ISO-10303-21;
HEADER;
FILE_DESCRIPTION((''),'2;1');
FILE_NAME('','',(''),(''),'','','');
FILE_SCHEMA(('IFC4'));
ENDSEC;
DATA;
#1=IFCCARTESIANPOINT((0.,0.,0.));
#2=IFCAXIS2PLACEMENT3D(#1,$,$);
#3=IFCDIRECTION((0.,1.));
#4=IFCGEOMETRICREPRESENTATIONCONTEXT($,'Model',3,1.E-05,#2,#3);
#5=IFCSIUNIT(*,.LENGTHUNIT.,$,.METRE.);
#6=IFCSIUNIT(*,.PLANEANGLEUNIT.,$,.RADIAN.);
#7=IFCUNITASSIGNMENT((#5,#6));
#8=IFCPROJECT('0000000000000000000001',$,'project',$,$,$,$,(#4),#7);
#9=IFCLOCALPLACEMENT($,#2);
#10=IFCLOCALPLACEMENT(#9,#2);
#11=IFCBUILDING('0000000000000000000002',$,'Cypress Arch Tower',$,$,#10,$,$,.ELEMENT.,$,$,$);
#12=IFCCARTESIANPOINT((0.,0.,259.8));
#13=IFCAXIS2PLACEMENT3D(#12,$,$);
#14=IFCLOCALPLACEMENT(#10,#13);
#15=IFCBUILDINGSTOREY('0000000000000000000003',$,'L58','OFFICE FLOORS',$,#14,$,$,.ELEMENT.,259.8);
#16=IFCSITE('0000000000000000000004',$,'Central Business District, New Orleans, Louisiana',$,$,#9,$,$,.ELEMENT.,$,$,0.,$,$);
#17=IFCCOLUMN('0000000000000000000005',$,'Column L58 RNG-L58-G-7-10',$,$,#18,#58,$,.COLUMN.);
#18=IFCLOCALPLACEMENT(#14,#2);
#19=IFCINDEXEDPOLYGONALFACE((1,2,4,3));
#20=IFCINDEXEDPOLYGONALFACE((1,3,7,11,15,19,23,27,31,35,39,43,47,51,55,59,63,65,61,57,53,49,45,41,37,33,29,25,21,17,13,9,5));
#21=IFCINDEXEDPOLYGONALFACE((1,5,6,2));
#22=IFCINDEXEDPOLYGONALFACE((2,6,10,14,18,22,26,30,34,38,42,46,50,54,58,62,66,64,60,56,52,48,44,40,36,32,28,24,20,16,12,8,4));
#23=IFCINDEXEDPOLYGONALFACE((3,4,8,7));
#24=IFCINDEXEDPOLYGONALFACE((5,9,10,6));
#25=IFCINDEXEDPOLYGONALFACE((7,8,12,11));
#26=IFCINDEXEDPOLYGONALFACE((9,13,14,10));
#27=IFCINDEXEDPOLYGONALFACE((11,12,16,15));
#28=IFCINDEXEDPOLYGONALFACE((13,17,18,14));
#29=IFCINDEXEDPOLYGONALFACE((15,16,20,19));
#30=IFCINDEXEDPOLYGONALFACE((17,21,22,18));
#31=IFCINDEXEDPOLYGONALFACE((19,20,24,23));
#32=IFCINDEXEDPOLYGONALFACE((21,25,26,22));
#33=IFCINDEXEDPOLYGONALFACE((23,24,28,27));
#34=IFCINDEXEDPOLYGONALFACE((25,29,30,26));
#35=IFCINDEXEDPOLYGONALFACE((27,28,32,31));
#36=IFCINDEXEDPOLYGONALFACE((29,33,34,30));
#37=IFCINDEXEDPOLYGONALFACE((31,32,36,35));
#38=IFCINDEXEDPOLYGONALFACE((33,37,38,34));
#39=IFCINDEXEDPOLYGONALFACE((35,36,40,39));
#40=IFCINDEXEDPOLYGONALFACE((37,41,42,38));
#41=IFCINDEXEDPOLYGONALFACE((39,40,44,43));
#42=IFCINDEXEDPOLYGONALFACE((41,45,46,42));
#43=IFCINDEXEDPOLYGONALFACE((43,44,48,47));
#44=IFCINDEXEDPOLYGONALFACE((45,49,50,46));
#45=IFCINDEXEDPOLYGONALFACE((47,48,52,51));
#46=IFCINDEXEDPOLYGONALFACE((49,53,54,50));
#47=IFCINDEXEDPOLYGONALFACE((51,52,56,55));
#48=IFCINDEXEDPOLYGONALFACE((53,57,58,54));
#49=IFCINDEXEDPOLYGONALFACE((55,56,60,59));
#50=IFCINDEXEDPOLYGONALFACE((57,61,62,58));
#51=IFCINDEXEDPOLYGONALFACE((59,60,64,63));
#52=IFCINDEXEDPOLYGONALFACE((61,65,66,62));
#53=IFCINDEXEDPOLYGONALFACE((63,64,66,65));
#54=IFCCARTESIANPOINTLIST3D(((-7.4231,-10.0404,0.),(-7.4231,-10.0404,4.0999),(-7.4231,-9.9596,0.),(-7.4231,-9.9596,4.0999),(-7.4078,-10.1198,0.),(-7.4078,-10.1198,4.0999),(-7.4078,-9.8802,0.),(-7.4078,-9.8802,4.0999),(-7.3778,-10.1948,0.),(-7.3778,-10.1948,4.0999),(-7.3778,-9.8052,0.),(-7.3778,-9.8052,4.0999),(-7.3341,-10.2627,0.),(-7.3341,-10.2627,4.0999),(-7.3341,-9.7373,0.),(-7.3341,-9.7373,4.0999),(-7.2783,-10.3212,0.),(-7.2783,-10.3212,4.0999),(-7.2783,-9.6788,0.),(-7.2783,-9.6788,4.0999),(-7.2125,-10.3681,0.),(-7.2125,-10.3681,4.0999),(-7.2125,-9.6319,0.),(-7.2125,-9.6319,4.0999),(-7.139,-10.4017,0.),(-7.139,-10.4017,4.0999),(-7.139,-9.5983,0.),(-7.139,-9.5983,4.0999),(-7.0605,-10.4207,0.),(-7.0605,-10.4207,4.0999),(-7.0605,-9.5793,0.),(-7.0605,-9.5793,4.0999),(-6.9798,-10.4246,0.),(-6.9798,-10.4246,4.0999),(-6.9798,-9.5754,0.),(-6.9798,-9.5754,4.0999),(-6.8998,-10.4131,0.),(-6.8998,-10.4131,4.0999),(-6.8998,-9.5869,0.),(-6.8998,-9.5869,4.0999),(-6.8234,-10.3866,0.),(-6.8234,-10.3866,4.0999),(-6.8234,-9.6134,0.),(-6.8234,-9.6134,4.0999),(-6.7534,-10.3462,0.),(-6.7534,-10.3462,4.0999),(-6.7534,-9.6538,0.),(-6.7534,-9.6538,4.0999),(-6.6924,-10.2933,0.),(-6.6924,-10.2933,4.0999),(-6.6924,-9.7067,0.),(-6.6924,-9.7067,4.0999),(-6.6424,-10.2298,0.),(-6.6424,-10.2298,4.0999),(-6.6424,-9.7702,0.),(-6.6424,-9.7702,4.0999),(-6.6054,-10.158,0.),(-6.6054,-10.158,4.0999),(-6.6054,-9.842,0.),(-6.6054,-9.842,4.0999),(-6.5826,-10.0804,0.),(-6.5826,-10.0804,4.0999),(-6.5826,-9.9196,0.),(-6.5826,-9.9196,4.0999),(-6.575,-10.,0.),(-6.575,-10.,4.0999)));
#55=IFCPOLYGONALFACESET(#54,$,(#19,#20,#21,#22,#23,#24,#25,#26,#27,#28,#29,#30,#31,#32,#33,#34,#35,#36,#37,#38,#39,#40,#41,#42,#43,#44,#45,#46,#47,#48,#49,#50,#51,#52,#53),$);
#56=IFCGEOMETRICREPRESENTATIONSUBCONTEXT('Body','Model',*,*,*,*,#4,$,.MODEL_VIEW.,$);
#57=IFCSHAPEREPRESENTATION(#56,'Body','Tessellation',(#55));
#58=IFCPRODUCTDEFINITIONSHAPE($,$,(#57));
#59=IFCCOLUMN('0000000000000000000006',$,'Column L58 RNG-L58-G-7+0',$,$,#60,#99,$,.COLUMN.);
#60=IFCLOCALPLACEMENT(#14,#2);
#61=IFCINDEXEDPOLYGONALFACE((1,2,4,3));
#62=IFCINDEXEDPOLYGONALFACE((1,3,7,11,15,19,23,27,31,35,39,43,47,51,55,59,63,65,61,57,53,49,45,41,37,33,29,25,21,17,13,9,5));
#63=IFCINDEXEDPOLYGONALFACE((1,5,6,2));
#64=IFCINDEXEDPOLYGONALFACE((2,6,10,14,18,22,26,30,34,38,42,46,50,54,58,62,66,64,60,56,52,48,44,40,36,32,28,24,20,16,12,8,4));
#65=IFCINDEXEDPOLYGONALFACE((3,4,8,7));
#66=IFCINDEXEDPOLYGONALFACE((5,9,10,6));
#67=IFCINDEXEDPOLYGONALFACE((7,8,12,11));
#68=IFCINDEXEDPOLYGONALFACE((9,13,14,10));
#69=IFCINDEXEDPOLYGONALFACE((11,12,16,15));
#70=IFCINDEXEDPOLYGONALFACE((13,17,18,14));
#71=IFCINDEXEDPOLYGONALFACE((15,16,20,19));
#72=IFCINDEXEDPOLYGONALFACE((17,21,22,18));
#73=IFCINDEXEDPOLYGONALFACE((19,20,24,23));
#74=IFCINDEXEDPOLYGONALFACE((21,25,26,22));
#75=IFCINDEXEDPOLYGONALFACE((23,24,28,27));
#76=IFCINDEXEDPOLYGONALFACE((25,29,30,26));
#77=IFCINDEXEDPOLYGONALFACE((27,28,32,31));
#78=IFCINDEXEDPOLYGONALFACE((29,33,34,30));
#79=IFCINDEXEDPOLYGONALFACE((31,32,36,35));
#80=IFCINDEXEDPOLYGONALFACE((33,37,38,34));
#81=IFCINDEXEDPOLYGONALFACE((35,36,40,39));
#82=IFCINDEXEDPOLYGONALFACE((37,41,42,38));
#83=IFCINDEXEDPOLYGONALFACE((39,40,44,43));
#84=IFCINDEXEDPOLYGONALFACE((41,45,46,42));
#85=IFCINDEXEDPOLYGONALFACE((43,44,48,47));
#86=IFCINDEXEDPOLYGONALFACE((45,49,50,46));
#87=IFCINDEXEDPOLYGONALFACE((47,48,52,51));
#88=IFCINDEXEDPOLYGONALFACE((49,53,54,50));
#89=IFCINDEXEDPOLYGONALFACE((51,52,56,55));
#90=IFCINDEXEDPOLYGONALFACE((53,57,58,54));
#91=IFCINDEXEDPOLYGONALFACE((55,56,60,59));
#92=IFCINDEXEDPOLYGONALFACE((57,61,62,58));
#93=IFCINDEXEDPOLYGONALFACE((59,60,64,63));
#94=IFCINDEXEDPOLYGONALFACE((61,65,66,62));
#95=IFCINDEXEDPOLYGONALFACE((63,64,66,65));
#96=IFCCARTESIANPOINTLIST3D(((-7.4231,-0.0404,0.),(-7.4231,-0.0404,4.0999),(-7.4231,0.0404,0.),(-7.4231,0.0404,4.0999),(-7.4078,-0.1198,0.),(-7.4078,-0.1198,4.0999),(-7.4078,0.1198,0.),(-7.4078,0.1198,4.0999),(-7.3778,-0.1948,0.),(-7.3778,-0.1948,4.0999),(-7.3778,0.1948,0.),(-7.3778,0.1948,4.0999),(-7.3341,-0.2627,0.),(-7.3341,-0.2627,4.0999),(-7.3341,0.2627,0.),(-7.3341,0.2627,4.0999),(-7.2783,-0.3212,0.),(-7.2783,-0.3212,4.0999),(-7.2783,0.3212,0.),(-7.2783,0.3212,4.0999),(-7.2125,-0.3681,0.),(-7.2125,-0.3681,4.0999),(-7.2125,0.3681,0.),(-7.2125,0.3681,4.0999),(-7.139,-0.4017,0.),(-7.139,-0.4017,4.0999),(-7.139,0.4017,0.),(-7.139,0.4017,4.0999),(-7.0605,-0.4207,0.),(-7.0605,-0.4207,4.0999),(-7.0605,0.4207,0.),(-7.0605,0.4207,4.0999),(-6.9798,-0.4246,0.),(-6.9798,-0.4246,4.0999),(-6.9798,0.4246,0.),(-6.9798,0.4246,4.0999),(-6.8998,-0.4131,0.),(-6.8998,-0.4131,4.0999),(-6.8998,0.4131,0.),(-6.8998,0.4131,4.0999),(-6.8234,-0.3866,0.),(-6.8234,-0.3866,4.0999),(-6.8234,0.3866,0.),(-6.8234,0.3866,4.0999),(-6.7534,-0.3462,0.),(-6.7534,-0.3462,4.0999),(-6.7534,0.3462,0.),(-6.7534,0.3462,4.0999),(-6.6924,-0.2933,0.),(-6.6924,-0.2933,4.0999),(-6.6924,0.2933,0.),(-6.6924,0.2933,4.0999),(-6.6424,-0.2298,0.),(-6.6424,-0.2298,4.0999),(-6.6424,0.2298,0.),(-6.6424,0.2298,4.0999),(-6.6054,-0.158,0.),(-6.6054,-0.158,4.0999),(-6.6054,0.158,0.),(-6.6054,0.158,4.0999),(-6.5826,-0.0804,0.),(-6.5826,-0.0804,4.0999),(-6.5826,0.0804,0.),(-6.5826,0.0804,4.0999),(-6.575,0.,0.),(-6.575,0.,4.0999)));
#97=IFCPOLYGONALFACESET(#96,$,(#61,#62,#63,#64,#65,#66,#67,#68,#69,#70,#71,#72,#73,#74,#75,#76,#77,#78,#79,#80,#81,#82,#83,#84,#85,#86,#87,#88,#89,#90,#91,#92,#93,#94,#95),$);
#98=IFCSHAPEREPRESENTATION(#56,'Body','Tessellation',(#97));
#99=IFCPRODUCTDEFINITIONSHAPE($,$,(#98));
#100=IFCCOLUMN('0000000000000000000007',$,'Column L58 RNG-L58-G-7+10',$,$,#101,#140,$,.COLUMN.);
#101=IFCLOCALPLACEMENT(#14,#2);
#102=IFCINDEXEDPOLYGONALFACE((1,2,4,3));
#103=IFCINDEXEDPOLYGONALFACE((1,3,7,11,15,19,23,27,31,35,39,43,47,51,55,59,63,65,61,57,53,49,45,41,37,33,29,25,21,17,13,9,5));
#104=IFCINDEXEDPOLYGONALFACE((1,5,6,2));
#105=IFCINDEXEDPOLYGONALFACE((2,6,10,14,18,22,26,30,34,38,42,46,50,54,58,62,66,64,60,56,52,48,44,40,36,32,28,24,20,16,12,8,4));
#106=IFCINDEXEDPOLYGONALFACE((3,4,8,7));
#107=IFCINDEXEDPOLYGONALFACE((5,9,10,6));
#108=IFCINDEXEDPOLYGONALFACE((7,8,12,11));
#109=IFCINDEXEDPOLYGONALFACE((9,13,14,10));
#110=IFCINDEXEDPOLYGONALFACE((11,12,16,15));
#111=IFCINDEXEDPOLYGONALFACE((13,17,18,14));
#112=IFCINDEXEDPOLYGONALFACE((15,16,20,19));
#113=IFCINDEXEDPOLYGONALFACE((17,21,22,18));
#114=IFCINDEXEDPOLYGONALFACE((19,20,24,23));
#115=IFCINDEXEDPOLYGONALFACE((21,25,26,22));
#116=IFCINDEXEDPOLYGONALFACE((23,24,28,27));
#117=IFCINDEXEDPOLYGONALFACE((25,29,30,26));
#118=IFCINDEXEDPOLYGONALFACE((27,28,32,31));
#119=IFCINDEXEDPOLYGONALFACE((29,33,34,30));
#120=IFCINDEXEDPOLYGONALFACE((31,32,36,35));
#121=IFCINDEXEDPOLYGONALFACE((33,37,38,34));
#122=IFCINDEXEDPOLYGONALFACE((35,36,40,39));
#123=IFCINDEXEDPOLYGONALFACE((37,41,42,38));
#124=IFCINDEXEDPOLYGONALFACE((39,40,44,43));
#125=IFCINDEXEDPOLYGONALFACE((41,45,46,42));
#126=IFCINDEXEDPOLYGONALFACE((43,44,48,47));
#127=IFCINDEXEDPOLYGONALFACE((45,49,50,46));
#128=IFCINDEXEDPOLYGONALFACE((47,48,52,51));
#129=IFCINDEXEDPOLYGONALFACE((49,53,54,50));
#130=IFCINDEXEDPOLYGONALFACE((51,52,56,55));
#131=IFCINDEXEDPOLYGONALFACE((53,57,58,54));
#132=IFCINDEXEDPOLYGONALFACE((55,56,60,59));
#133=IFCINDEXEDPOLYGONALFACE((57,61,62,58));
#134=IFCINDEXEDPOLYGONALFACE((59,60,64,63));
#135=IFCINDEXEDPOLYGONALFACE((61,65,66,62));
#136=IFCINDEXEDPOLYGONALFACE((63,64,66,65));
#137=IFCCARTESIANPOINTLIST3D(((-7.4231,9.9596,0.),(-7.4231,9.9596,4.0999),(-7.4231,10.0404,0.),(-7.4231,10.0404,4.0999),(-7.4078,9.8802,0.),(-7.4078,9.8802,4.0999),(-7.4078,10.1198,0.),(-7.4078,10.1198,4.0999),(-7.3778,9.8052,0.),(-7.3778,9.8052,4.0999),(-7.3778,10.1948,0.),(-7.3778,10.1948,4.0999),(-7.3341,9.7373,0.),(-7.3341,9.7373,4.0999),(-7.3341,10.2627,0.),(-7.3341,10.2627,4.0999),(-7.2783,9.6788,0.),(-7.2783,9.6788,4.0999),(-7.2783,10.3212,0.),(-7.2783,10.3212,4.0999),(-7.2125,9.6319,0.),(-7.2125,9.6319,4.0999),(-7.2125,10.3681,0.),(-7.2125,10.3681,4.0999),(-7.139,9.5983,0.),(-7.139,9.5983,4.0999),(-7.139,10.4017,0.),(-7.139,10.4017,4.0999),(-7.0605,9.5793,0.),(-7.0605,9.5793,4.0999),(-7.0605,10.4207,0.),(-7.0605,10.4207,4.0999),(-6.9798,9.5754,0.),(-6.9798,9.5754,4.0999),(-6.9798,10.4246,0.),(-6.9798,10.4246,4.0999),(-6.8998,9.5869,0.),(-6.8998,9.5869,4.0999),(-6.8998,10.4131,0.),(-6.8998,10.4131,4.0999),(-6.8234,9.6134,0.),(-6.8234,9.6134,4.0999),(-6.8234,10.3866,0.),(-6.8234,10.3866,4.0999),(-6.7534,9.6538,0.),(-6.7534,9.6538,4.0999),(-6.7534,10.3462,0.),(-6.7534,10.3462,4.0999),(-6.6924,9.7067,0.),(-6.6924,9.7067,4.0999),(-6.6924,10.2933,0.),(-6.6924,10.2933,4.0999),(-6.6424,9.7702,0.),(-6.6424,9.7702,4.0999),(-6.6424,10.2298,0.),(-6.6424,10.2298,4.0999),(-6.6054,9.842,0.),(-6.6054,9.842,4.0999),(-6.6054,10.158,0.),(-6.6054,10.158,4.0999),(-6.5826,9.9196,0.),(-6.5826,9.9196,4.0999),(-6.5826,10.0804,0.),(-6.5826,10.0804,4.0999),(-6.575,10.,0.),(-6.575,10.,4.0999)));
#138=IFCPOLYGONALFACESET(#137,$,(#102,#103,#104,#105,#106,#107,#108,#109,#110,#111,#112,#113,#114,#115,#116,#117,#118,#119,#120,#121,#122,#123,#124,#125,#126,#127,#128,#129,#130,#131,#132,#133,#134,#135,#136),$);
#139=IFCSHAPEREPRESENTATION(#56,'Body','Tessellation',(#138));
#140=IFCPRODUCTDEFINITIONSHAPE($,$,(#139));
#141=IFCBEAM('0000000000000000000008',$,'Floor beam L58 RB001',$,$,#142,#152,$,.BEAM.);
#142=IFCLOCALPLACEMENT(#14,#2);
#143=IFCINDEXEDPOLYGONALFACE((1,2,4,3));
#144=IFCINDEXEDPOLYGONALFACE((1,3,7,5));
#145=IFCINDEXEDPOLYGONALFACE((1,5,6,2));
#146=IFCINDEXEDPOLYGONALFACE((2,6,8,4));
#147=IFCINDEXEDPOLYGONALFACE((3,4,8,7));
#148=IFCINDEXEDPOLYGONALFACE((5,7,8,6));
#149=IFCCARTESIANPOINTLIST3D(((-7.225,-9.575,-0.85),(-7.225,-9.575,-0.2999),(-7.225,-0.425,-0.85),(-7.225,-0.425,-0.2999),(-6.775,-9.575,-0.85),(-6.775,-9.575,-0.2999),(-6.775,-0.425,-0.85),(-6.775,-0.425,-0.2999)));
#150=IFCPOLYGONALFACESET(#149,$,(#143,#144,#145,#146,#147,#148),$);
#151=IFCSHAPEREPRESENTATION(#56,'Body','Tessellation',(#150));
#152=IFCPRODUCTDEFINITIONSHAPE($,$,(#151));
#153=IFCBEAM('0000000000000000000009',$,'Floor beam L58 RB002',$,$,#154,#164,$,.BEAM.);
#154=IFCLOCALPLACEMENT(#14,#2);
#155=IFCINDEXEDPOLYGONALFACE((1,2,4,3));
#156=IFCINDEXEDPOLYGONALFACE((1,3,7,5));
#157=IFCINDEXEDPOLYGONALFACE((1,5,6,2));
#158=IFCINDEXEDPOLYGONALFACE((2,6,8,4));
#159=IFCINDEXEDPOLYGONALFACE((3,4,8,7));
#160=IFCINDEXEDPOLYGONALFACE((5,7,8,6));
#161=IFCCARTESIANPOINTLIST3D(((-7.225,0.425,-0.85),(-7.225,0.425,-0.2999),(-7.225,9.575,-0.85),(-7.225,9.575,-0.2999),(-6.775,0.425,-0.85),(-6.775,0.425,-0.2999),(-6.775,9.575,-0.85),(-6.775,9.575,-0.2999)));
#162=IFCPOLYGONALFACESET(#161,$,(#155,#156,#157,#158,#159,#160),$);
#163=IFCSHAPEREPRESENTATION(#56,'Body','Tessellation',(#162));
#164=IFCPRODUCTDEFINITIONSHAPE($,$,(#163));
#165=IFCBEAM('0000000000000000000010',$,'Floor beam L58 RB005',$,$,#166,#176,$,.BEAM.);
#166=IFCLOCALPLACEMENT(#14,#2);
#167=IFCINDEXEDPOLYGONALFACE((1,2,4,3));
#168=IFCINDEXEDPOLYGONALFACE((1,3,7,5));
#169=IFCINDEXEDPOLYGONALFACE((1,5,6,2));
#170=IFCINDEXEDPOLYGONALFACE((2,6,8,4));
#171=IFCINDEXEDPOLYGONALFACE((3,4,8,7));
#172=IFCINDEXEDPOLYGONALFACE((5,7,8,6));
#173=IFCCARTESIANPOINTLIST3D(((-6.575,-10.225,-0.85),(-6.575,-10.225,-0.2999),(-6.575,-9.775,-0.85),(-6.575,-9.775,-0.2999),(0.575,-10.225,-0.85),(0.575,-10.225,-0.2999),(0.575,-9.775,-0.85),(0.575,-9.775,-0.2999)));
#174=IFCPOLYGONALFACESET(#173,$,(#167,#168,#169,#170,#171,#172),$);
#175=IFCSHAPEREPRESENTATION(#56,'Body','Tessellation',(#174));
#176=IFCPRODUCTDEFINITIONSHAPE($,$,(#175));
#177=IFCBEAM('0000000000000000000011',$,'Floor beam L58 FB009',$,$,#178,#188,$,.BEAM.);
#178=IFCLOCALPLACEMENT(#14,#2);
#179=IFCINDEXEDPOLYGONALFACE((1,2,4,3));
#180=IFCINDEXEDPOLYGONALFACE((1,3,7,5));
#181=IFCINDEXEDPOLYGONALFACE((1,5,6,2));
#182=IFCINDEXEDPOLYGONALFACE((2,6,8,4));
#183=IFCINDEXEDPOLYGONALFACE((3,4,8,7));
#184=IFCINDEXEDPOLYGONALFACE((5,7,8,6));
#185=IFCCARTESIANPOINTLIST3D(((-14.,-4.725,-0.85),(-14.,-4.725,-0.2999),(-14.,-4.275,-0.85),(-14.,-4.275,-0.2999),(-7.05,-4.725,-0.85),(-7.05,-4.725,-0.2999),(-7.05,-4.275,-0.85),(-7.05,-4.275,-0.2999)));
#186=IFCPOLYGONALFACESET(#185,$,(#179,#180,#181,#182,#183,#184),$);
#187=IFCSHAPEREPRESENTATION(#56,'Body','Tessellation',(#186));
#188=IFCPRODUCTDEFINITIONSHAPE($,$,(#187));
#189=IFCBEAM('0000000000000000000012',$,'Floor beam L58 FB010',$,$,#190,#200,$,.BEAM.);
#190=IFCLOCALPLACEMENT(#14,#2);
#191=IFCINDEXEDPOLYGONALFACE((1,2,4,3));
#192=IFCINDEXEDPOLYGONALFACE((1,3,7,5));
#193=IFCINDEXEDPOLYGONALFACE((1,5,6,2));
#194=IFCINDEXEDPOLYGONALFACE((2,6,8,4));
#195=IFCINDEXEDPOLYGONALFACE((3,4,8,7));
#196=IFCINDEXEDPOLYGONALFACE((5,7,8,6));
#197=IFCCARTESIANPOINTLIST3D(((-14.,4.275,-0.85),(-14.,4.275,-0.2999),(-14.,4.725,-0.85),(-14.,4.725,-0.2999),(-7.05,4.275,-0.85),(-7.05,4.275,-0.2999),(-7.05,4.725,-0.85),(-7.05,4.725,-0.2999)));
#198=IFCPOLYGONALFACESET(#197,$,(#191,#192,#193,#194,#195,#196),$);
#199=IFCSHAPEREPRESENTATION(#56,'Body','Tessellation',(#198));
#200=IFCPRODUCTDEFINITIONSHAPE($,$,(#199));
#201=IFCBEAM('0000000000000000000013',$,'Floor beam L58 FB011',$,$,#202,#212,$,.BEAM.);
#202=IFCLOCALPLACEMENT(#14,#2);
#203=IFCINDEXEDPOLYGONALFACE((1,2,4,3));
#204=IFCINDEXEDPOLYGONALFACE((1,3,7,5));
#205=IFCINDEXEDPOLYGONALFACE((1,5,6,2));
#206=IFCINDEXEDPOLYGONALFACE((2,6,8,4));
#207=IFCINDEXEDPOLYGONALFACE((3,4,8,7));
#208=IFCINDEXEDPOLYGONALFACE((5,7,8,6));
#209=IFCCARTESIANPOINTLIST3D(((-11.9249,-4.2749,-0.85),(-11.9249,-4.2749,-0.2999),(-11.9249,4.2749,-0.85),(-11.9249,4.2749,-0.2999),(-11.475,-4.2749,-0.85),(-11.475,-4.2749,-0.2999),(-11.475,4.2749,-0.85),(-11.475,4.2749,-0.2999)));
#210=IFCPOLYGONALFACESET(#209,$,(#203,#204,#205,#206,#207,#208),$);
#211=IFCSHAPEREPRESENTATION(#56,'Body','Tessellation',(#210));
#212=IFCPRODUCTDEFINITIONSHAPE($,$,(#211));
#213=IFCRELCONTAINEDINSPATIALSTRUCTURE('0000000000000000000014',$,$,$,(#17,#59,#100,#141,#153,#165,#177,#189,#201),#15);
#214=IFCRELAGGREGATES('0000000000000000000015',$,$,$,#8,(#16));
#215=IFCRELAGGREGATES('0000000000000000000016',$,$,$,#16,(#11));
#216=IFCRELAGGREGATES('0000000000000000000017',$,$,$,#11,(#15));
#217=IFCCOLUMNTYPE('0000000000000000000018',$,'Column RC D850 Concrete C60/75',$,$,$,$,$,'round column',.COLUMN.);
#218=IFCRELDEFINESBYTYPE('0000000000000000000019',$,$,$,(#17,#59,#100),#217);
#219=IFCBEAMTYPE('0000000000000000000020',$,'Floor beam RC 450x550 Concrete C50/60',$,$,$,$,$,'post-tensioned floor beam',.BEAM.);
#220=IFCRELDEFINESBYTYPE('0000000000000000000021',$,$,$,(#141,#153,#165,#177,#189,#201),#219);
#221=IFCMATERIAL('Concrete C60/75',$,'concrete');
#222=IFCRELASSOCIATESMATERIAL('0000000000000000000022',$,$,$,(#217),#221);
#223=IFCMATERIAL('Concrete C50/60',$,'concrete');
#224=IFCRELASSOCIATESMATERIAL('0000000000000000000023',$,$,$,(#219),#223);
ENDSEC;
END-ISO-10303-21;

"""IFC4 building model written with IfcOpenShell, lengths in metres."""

from ifc_helpers import new_model, si_unit, direction, frame, origin, origin_2d, place, context, subcontext, project, spatial, rectangle, circle, extrude, material, material_profile, profile_set, type_object, element, save


model = new_model("IFC4")

# Units and contexts
model_context = context("Model", 3, precision=1e-05, world=origin(), true_north=direction((0.0, 1.0)))
body_context = subcontext(model_context, "Body", "Model", "MODEL_VIEW")
ifc_project = project(units=[si_unit("LENGTHUNIT", "METRE"), si_unit("PLANEANGLEUNIT", "RADIAN")], contexts=[model_context])

# Site, building, storey
site_placement = place(None, origin())
site = spatial("IfcSite", under=ifc_project, at=site_placement, Name="Central Business District, New Orleans, Louisiana", CompositionType="ELEMENT", RefElevation=0.0)
building_placement = place(site_placement, origin())
building = spatial("IfcBuilding", under=site, at=building_placement, Name="Cypress Arch Tower", CompositionType="ELEMENT")
storey_placement = place(building_placement, frame((0.0, 0.0, 259.8)))
storey = spatial("IfcBuildingStorey", under=building, at=storey_placement, Name="L58", Description="OFFICE FLOORS", CompositionType="ELEMENT", Elevation=259.8)

# Columns
ifc_material_1 = material(Name="Concrete C60/75", Category="concrete")
ifc_material_profile_1 = material_profile(ifc_material_1, circle(Radius=0.425, at=origin_2d()), Name="RC D850")
ifc_profile_set_1 = profile_set([ifc_material_profile_1], Name="Concrete C60/75")
column_type = type_object("IfcColumnType", Name="Column RC D850 Concrete C60/75", ElementType="round column", PredefinedType="COLUMN", material=ifc_profile_set_1)
for number, where, z_axis, x_axis, name in (
    (1, (-7.0, -10.0, 0.0), (0.0, 0.0, 1.0), (1.0, 0.0, 0.0), "Column L58 RNG-L58-G-7-10"),
    (2, (-7.0, 0.0, 0.0), (0.0, 0.0, 1.0), (1.0, 0.0, 0.0), "Column L58 RNG-L58-G-7+0"),
    (3, (-7.0, 10.0, 0.0), (0.0, 0.0, 1.0), (1.0, 0.0, 0.0), "Column L58 RNG-L58-G-7+10"),
):
    element("IfcColumn", number, at=place(storey_placement, frame(where, z_axis=z_axis, x_axis=x_axis)), inside=storey, type_object=column_type, Name=name, PredefinedType="COLUMN", context=body_context, shape_type="SweptSolid", body=[
        extrude(circle(Radius=0.425, at=origin_2d()), origin(), (0.0, 0.0, 1.0), 4.0999),
    ])

# Beams
ifc_material_2 = material(Name="Concrete C50/60", Category="concrete")
ifc_material_profile_2 = material_profile(ifc_material_2, rectangle(XDim=0.45, YDim=0.55, at=origin_2d()), Name="RC 450x550")
ifc_profile_set_2 = profile_set([ifc_material_profile_2], Name="Concrete C50/60")
beam_type = type_object("IfcBeamType", Name="Floor beam RC 450x550 Concrete C50/60", ElementType="post-tensioned floor beam", PredefinedType="BEAM", material=ifc_profile_set_2)
for number, where, z_axis, x_axis, name in (
    (4, (-7.0, -9.575, -0.575), (0.0, 1.0, 0.0), (-1.0, 0.0, 0.0), "Floor beam L58 RB001"),
    (5, (-7.0, 0.425, -0.575), (0.0, 1.0, 0.0), (-1.0, 0.0, 0.0), "Floor beam L58 RB002"),
):
    element("IfcBeam", number, at=place(storey_placement, frame(where, z_axis=z_axis, x_axis=x_axis)), inside=storey, type_object=beam_type, Name=name, PredefinedType="BEAM", context=body_context, shape_type="SweptSolid", body=[
        extrude(rectangle(XDim=0.45, YDim=0.55, at=origin_2d()), origin(), (0.0, 0.0, 1.0), 9.1499),
    ])
beam_1_placement = place(storey_placement, frame((-6.575, -10.0, -0.575), z_axis=(1.0, 0.0, 0.0), x_axis=(0.0, 1.0, 0.0)))
element("IfcBeam", 6, at=beam_1_placement, inside=storey, type_object=beam_type, Name="Floor beam L58 RB005", PredefinedType="BEAM", context=body_context, shape_type="SweptSolid", body=[
    extrude(rectangle(XDim=0.45, YDim=0.55, at=origin_2d()), origin(), (0.0, 0.0, 1.0), 7.1499),
])
for number, where, z_axis, x_axis, name in (
    (7, (-14.0, -4.5, -0.575), (1.0, 0.0, 0.0), (0.0, 1.0, 0.0), "Floor beam L58 FB009"),
    (8, (-14.0, 4.5, -0.575), (1.0, 0.0, 0.0), (0.0, 1.0, 0.0), "Floor beam L58 FB010"),
):
    element("IfcBeam", number, at=place(storey_placement, frame(where, z_axis=z_axis, x_axis=x_axis)), inside=storey, type_object=beam_type, Name=name, PredefinedType="BEAM", context=body_context, shape_type="SweptSolid", body=[
        extrude(rectangle(XDim=0.45, YDim=0.55, at=origin_2d()), origin(), (0.0, 0.0, 1.0), 6.95),
    ])
beam_2_placement = place(storey_placement, frame((-11.7, -4.2749, -0.575), z_axis=(0.0, 1.0, 0.0), x_axis=(-1.0, 0.0, 0.0)))
element("IfcBeam", 9, at=beam_2_placement, inside=storey, type_object=beam_type, Name="Floor beam L58 FB011", PredefinedType="BEAM", context=body_context, shape_type="SweptSolid", body=[
    extrude(rectangle(XDim=0.45, YDim=0.55, at=origin_2d()), origin(), (0.0, 0.0, 1.0), 8.5498),
])

save(model, "model.ifc")
